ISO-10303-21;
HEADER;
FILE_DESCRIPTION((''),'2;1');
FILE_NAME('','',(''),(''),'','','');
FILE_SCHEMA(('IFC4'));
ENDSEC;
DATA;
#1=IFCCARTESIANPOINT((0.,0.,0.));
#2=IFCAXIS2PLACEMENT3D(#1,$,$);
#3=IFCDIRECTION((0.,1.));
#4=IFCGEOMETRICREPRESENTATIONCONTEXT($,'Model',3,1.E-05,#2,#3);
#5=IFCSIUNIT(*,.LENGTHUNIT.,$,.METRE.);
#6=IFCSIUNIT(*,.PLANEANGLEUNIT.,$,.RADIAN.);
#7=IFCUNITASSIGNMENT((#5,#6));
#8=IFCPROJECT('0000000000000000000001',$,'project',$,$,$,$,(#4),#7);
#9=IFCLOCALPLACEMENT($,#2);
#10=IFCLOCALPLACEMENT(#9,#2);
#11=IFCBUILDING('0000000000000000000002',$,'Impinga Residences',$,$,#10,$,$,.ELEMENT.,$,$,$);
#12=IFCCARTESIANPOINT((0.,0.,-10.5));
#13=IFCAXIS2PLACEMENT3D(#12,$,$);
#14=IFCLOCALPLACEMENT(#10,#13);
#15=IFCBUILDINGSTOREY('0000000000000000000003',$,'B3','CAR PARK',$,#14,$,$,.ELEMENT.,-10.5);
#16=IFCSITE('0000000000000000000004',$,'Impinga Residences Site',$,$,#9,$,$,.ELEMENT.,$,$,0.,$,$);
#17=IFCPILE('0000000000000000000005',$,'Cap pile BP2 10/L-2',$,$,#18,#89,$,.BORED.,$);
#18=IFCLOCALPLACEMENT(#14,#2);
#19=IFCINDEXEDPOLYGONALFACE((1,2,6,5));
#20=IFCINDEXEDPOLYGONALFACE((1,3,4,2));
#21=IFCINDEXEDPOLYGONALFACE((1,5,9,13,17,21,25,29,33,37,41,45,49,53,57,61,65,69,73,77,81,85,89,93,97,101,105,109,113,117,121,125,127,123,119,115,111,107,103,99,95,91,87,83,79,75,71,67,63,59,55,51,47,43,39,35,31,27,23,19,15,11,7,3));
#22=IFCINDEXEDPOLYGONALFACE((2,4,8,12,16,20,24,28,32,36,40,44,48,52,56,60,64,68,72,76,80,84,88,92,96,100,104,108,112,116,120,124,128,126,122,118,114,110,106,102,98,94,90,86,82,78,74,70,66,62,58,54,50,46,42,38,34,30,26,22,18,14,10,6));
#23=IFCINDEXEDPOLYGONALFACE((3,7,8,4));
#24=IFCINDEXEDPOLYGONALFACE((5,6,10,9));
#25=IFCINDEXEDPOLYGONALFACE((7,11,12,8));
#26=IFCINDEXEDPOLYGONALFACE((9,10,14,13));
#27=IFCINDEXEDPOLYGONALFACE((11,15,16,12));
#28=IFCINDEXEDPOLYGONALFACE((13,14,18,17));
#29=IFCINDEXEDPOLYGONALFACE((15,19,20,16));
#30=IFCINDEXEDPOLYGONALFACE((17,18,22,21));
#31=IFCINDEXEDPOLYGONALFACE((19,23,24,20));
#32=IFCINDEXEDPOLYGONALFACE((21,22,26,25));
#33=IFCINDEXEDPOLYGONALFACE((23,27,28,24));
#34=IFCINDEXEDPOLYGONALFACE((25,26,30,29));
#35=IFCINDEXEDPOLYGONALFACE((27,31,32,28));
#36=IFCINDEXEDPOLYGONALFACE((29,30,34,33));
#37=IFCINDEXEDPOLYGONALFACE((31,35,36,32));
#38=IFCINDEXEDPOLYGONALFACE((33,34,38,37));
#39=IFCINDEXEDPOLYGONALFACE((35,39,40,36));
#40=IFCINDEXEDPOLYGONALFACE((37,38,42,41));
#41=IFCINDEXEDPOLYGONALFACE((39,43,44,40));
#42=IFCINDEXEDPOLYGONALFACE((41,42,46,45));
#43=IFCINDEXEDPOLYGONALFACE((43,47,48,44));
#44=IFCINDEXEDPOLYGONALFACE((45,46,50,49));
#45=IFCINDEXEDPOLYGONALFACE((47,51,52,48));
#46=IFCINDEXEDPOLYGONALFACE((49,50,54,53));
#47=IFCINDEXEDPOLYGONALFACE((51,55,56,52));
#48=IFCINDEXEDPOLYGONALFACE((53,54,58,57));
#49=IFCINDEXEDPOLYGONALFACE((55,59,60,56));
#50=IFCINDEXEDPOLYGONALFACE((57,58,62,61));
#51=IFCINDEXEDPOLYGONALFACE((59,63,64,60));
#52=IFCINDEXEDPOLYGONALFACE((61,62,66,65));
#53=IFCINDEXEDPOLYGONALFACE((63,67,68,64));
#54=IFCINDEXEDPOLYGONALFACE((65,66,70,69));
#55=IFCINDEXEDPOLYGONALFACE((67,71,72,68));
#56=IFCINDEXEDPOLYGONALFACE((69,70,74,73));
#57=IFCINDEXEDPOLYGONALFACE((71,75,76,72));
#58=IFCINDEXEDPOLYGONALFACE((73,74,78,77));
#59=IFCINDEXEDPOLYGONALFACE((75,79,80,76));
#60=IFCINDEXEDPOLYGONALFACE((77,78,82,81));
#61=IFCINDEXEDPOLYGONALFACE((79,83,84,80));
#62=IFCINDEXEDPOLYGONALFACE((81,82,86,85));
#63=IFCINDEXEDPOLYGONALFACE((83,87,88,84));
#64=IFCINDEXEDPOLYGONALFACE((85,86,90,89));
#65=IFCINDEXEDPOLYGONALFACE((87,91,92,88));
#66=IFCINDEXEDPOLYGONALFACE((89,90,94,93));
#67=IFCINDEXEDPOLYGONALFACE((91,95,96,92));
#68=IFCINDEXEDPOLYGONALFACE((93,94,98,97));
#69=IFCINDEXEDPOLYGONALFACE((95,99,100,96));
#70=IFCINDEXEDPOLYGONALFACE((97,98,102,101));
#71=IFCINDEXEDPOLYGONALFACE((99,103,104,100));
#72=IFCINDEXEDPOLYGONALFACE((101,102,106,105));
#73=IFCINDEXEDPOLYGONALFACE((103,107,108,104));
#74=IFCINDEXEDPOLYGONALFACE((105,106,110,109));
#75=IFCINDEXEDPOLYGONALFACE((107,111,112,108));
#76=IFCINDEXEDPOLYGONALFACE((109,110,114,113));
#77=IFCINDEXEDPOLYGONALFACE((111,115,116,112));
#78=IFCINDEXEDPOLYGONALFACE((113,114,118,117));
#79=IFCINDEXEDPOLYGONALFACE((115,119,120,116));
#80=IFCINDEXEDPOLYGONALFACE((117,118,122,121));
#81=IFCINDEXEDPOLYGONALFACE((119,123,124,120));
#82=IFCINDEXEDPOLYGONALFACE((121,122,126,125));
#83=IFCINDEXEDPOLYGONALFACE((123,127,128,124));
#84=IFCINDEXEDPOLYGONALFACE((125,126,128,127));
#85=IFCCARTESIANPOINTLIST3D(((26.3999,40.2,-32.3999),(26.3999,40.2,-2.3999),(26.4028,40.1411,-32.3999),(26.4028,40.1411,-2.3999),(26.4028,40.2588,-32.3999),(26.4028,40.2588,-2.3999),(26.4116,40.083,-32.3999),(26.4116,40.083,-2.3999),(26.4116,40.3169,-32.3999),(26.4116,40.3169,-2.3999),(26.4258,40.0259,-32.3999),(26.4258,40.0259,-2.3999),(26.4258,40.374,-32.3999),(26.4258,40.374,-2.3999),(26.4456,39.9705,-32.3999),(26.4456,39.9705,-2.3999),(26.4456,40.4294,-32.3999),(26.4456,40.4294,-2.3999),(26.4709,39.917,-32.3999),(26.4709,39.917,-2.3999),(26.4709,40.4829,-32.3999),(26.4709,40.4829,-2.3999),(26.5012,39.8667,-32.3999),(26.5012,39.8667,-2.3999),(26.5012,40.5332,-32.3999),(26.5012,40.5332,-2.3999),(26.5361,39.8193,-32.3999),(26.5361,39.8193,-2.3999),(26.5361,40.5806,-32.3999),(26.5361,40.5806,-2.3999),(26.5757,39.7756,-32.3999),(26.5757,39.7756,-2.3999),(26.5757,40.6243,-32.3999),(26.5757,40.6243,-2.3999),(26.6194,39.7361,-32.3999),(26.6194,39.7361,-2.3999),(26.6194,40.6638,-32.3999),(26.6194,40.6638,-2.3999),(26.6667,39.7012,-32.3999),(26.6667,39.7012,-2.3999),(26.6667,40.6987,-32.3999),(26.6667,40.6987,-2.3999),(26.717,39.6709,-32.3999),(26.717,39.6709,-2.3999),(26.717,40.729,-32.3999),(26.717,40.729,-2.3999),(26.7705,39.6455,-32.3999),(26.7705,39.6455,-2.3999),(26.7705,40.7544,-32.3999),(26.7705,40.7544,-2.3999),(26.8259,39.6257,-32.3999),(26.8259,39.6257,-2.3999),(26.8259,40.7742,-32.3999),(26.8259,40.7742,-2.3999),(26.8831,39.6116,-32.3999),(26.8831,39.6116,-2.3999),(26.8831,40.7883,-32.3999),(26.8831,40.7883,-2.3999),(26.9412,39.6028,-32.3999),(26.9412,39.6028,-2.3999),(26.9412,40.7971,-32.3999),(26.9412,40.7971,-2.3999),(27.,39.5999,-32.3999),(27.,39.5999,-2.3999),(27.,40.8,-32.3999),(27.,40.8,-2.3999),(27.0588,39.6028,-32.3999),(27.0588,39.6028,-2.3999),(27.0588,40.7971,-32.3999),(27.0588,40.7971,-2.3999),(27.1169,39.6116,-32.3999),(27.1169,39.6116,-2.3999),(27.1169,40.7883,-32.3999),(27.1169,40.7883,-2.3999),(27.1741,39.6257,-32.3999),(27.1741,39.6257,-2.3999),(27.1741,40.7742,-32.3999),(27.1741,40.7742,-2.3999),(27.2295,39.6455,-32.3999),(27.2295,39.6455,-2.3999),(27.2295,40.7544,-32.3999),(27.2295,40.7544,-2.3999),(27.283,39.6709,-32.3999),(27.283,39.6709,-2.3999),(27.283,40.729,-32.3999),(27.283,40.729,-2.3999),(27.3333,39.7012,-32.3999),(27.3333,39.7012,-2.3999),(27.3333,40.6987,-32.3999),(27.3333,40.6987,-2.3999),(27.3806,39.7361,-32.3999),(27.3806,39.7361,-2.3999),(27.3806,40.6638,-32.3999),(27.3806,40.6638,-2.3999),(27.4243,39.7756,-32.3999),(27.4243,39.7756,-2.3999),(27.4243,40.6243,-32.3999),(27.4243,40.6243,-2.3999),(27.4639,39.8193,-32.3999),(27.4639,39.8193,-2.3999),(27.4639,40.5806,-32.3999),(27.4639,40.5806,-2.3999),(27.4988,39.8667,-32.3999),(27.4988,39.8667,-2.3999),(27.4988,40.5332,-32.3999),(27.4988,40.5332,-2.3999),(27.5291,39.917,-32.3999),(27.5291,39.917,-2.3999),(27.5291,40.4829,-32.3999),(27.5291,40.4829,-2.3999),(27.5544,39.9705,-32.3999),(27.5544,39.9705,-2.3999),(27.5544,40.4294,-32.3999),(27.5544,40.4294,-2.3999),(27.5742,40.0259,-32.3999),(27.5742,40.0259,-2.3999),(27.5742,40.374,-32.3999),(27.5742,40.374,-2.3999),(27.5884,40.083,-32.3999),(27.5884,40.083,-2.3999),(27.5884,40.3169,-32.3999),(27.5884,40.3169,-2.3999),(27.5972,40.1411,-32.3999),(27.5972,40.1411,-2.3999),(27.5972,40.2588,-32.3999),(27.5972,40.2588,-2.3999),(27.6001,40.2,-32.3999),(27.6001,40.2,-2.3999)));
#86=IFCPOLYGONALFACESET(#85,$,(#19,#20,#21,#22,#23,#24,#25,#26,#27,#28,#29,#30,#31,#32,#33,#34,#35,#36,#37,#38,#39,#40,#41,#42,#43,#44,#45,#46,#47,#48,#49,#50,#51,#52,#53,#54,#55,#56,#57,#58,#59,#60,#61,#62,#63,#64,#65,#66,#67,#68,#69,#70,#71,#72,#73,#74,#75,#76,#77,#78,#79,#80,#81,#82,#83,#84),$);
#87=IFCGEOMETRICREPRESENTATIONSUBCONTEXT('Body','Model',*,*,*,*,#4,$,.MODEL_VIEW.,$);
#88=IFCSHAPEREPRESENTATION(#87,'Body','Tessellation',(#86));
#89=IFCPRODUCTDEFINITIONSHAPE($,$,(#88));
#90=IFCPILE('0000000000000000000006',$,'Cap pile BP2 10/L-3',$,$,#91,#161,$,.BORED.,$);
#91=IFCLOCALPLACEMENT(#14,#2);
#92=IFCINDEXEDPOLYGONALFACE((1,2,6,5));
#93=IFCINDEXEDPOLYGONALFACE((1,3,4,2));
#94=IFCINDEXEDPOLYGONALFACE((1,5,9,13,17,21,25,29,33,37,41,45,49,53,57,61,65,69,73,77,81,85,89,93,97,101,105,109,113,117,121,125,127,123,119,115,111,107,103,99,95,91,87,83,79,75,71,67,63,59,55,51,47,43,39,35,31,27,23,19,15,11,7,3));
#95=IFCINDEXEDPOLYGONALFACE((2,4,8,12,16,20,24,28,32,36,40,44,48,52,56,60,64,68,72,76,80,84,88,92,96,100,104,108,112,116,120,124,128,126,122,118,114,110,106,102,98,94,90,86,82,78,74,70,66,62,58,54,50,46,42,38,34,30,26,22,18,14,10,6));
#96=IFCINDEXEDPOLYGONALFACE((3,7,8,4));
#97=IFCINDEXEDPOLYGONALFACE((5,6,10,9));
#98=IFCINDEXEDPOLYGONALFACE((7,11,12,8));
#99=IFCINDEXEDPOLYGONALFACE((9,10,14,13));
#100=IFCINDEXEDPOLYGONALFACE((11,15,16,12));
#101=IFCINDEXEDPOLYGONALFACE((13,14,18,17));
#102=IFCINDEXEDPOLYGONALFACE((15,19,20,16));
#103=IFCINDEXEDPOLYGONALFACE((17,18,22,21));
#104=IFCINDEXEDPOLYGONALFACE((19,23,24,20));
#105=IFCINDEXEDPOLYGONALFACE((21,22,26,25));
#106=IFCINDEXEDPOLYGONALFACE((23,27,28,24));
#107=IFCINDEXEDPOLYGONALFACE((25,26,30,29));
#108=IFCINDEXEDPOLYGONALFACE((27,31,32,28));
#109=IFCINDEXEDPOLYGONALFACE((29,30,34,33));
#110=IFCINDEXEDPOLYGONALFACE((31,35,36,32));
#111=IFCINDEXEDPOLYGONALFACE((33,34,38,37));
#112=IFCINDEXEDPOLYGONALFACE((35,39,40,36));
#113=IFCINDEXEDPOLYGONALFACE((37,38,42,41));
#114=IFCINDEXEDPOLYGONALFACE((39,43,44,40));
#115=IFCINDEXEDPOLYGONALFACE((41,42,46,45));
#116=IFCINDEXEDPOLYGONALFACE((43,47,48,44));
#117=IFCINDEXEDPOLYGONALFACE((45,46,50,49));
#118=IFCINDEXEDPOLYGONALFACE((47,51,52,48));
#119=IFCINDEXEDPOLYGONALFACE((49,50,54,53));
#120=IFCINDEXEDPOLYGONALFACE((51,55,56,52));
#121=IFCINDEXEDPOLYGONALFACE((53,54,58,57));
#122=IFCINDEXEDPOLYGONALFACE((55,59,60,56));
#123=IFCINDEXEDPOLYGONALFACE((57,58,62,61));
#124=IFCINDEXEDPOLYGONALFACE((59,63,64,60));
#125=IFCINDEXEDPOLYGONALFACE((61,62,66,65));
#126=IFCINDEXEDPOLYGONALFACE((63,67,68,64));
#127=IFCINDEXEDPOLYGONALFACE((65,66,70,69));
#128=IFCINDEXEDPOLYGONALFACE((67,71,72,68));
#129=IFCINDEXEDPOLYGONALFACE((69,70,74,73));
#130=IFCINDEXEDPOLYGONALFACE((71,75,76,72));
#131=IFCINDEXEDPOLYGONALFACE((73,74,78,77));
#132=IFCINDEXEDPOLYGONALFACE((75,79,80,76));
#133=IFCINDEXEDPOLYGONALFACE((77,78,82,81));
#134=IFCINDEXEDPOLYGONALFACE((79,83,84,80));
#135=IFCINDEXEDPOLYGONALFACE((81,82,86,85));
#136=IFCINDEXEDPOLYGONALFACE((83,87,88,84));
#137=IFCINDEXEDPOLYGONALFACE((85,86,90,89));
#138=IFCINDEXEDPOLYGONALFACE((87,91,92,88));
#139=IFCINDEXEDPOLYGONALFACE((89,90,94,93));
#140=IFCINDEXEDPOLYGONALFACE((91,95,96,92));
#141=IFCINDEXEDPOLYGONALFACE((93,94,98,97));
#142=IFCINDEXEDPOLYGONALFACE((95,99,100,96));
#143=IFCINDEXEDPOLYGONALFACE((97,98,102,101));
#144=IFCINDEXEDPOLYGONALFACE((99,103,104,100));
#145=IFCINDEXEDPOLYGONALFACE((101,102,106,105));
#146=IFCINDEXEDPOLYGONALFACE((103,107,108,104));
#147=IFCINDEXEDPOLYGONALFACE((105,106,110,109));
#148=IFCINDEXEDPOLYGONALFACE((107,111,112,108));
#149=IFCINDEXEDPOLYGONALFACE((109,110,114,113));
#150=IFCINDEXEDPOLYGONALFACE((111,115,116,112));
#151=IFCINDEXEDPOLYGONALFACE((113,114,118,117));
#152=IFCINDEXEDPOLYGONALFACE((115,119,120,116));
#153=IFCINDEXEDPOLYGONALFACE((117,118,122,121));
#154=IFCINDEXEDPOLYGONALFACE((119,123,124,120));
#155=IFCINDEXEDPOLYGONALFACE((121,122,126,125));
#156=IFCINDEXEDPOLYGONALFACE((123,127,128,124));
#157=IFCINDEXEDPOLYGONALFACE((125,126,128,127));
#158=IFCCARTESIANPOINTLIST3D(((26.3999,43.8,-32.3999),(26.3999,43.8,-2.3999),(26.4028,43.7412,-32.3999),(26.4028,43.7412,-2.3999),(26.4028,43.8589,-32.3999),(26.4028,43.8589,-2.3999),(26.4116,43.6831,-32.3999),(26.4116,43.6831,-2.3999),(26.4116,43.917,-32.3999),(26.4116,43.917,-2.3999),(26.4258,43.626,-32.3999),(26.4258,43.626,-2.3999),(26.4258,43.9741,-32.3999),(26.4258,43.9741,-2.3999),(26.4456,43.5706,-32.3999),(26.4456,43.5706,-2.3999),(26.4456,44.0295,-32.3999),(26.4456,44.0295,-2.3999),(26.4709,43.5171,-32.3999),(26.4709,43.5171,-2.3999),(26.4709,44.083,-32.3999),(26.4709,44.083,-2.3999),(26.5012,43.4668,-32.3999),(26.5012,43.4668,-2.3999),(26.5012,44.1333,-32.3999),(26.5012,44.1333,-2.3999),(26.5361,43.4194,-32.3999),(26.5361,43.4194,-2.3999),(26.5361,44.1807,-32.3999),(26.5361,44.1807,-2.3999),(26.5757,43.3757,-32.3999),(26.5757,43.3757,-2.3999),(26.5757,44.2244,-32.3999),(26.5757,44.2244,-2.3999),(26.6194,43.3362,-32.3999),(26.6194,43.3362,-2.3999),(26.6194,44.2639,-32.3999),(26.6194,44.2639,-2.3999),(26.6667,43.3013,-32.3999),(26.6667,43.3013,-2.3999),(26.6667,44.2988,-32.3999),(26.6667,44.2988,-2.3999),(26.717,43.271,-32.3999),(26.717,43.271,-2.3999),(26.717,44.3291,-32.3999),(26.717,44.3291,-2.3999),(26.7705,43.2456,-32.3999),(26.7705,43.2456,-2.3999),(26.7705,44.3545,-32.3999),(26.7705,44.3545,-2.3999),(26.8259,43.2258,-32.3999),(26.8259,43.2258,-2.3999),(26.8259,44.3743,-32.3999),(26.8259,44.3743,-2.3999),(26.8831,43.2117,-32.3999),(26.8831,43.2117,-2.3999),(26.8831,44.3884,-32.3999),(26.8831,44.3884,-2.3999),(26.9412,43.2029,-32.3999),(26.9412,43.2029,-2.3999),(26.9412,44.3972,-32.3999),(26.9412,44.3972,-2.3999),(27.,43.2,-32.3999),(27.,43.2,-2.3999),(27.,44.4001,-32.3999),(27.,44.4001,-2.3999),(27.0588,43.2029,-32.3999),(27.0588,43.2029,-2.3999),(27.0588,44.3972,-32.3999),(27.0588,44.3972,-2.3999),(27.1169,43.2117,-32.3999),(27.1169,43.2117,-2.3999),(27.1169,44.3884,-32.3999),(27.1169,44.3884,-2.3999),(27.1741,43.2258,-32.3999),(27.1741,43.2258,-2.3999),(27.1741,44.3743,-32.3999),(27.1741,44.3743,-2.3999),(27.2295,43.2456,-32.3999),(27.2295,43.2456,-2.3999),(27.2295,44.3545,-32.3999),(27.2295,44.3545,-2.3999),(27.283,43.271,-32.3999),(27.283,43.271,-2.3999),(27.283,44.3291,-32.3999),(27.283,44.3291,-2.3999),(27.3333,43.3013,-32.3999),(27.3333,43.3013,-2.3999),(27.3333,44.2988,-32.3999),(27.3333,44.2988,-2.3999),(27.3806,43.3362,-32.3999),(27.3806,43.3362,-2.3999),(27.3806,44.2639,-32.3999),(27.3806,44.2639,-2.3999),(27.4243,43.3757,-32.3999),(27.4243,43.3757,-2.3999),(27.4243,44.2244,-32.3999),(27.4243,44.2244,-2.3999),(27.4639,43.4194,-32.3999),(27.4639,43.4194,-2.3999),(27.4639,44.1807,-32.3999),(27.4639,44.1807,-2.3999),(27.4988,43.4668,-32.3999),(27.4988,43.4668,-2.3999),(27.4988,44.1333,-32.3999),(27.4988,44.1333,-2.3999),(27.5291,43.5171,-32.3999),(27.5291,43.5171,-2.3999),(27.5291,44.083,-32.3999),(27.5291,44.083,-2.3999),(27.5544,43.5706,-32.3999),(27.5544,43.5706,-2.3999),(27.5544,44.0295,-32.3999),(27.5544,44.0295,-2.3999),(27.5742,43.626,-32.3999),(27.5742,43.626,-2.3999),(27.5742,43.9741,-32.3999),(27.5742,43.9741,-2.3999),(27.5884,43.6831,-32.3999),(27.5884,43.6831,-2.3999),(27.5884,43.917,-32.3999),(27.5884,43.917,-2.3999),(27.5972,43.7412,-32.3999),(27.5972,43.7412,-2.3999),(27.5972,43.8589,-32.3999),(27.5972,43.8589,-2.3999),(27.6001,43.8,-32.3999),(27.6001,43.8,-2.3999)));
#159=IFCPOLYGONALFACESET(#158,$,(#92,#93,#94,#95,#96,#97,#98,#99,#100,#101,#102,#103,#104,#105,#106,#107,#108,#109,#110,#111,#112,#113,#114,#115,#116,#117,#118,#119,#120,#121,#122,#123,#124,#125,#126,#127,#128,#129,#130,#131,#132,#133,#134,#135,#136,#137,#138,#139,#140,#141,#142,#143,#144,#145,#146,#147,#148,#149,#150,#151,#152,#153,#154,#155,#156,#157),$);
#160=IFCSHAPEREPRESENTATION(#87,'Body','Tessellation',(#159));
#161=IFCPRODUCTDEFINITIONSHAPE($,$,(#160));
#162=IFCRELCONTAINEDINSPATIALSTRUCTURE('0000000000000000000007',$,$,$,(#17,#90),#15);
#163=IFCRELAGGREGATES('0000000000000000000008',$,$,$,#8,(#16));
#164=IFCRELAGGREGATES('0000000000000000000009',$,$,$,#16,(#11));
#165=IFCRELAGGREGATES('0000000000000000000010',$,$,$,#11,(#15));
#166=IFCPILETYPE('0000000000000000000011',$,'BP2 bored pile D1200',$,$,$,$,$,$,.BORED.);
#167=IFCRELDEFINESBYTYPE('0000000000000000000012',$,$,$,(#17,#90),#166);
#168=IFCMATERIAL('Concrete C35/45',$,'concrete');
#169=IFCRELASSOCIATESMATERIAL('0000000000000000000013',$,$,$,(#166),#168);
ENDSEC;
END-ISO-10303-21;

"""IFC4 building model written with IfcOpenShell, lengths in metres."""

from ifc_helpers import new_model, si_unit, direction, frame, origin, origin_2d, place, context, subcontext, project, spatial, polyline, circle, outline, extrude, material, material_profile, profile_set, type_object, element, save


model = new_model("IFC4")

# Units and contexts
model_context = context("Model", 3, precision=1e-05, world=origin(), true_north=direction((0.0, 1.0)))
body_context = subcontext(model_context, "Body", "Model", "MODEL_VIEW")
ifc_project = project(units=[si_unit("LENGTHUNIT", "METRE"), si_unit("PLANEANGLEUNIT", "RADIAN")], contexts=[model_context])

# Site, building, storey
site_placement = place(None, origin())
site = spatial("IfcSite", under=ifc_project, at=site_placement, Name="Impinga Residences Site", CompositionType="ELEMENT", RefElevation=0.0)
building_placement = place(site_placement, origin())
building = spatial("IfcBuilding", under=site, at=building_placement, Name="Impinga Residences", CompositionType="ELEMENT")
storey_placement = place(building_placement, frame((0.0, 0.0, -10.5)))
storey = spatial("IfcBuildingStorey", under=building, at=storey_placement, Name="B3", Description="CAR PARK", CompositionType="ELEMENT", Elevation=-10.5)

# Piles
ifc_material_1 = material(Name="Concrete C35/45", Category="concrete")
ifc_material_profile_1 = material_profile(ifc_material_1, circle(Radius=0.6001, at=origin_2d()), Name="D1200")
ifc_profile_set_1 = profile_set([ifc_material_profile_1], Name="Concrete C35/45")
pile_type = type_object("IfcPileType", Name="BP2 bored pile D1200", PredefinedType="BORED", material=ifc_profile_set_1)
pile_1_placement = place(storey_placement, frame((27.0, 40.2, -2.3999), z_axis=(0.0, 0.0, -1.0), x_axis=(1.0, 0.0, 0.0)))
element("IfcPile", 1, at=pile_1_placement, inside=storey, type_object=pile_type, Name="Cap pile BP2 10/L-2", PredefinedType="BORED", context=body_context, shape_type="SweptSolid", body=[
    extrude(outline(polyline([(0.6001, 0.0), (0.5972, 0.0588), (0.5884, 0.1169), (0.5742, 0.1741), (0.5544, 0.2295), (0.5291, 0.283), (0.4988, 0.3333), (0.4639, 0.3806), (0.4243, 0.4243), (0.3806, 0.4639), (0.3333, 0.4988), (0.283, 0.5291), (0.2295, 0.5544), (0.1741, 0.5742), (0.1169, 0.5884), (0.0588, 0.5972), (0.0, 0.6001), (-0.0588, 0.5972), (-0.1169, 0.5884), (-0.1741, 0.5742), (-0.2295, 0.5544), (-0.283, 0.5291), (-0.3333, 0.4988), (-0.3806, 0.4639), (-0.4243, 0.4243), (-0.4639, 0.3806), (-0.4988, 0.3333), (-0.5291, 0.283), (-0.5544, 0.2295), (-0.5742, 0.1741), (-0.5884, 0.1169), (-0.5972, 0.0588), (-0.6001, 0.0), (-0.5972, -0.0588), (-0.5884, -0.1169), (-0.5742, -0.1741), (-0.5544, -0.2295), (-0.5291, -0.283), (-0.4988, -0.3333), (-0.4639, -0.3806), (-0.4243, -0.4243), (-0.3806, -0.4639), (-0.3333, -0.4988), (-0.283, -0.5291), (-0.2295, -0.5544), (-0.1741, -0.5742), (-0.1169, -0.5884), (-0.0588, -0.5972), (0.0, -0.6001), (0.0588, -0.5972), (0.1169, -0.5884), (0.1741, -0.5742), (0.2295, -0.5544), (0.283, -0.5291), (0.3333, -0.4988), (0.3806, -0.4639), (0.4243, -0.4243), (0.4639, -0.3806), (0.4988, -0.3333), (0.5291, -0.283), (0.5544, -0.2295), (0.5742, -0.1741), (0.5884, -0.1169), (0.5972, -0.0588), (0.6001, 0.0)])), origin(), (0.0, 0.0, 1.0), 30.0),
])
pile_2_placement = place(storey_placement, frame((27.0, 43.8, -2.3999), z_axis=(0.0, 0.0, -1.0), x_axis=(1.0, 0.0, 0.0)))
element("IfcPile", 2, at=pile_2_placement, inside=storey, type_object=pile_type, Name="Cap pile BP2 10/L-3", PredefinedType="BORED", context=body_context, shape_type="SweptSolid", body=[
    extrude(outline(polyline([(0.6001, 0.0), (0.5972, 0.0588), (0.5884, 0.1169), (0.5742, 0.1741), (0.5544, 0.2295), (0.5291, 0.283), (0.4988, 0.3333), (0.4639, 0.3806), (0.4243, 0.4243), (0.3806, 0.4639), (0.3333, 0.4988), (0.283, 0.5291), (0.2295, 0.5544), (0.1741, 0.5742), (0.1169, 0.5884), (0.0588, 0.5972), (0.0, 0.6001), (-0.0588, 0.5972), (-0.1169, 0.5884), (-0.1741, 0.5742), (-0.2295, 0.5544), (-0.283, 0.5291), (-0.3333, 0.4988), (-0.3806, 0.4639), (-0.4243, 0.4243), (-0.4639, 0.3806), (-0.4988, 0.3333), (-0.5291, 0.283), (-0.5544, 0.2295), (-0.5742, 0.1741), (-0.5884, 0.1169), (-0.5972, 0.0588), (-0.6001, 0.0), (-0.5972, -0.0588), (-0.5884, -0.1169), (-0.5742, -0.1741), (-0.5544, -0.2295), (-0.5291, -0.283), (-0.4988, -0.3333), (-0.4639, -0.3806), (-0.4243, -0.4243), (-0.3806, -0.4639), (-0.3333, -0.4988), (-0.283, -0.5291), (-0.2295, -0.5544), (-0.1741, -0.5742), (-0.1169, -0.5884), (-0.0588, -0.5972), (0.0, -0.6001), (0.0588, -0.5972), (0.1169, -0.5884), (0.1741, -0.5742), (0.2295, -0.5544), (0.283, -0.5291), (0.3333, -0.4988), (0.3806, -0.4639), (0.4243, -0.4243), (0.4639, -0.3806), (0.4988, -0.3333), (0.5291, -0.283), (0.5544, -0.2295), (0.5742, -0.1741), (0.5884, -0.1169), (0.5972, -0.0588), (0.6001, 0.0)])), origin(), (0.0, 0.0, 1.0), 30.0),
])

save(model, "model.ifc")
